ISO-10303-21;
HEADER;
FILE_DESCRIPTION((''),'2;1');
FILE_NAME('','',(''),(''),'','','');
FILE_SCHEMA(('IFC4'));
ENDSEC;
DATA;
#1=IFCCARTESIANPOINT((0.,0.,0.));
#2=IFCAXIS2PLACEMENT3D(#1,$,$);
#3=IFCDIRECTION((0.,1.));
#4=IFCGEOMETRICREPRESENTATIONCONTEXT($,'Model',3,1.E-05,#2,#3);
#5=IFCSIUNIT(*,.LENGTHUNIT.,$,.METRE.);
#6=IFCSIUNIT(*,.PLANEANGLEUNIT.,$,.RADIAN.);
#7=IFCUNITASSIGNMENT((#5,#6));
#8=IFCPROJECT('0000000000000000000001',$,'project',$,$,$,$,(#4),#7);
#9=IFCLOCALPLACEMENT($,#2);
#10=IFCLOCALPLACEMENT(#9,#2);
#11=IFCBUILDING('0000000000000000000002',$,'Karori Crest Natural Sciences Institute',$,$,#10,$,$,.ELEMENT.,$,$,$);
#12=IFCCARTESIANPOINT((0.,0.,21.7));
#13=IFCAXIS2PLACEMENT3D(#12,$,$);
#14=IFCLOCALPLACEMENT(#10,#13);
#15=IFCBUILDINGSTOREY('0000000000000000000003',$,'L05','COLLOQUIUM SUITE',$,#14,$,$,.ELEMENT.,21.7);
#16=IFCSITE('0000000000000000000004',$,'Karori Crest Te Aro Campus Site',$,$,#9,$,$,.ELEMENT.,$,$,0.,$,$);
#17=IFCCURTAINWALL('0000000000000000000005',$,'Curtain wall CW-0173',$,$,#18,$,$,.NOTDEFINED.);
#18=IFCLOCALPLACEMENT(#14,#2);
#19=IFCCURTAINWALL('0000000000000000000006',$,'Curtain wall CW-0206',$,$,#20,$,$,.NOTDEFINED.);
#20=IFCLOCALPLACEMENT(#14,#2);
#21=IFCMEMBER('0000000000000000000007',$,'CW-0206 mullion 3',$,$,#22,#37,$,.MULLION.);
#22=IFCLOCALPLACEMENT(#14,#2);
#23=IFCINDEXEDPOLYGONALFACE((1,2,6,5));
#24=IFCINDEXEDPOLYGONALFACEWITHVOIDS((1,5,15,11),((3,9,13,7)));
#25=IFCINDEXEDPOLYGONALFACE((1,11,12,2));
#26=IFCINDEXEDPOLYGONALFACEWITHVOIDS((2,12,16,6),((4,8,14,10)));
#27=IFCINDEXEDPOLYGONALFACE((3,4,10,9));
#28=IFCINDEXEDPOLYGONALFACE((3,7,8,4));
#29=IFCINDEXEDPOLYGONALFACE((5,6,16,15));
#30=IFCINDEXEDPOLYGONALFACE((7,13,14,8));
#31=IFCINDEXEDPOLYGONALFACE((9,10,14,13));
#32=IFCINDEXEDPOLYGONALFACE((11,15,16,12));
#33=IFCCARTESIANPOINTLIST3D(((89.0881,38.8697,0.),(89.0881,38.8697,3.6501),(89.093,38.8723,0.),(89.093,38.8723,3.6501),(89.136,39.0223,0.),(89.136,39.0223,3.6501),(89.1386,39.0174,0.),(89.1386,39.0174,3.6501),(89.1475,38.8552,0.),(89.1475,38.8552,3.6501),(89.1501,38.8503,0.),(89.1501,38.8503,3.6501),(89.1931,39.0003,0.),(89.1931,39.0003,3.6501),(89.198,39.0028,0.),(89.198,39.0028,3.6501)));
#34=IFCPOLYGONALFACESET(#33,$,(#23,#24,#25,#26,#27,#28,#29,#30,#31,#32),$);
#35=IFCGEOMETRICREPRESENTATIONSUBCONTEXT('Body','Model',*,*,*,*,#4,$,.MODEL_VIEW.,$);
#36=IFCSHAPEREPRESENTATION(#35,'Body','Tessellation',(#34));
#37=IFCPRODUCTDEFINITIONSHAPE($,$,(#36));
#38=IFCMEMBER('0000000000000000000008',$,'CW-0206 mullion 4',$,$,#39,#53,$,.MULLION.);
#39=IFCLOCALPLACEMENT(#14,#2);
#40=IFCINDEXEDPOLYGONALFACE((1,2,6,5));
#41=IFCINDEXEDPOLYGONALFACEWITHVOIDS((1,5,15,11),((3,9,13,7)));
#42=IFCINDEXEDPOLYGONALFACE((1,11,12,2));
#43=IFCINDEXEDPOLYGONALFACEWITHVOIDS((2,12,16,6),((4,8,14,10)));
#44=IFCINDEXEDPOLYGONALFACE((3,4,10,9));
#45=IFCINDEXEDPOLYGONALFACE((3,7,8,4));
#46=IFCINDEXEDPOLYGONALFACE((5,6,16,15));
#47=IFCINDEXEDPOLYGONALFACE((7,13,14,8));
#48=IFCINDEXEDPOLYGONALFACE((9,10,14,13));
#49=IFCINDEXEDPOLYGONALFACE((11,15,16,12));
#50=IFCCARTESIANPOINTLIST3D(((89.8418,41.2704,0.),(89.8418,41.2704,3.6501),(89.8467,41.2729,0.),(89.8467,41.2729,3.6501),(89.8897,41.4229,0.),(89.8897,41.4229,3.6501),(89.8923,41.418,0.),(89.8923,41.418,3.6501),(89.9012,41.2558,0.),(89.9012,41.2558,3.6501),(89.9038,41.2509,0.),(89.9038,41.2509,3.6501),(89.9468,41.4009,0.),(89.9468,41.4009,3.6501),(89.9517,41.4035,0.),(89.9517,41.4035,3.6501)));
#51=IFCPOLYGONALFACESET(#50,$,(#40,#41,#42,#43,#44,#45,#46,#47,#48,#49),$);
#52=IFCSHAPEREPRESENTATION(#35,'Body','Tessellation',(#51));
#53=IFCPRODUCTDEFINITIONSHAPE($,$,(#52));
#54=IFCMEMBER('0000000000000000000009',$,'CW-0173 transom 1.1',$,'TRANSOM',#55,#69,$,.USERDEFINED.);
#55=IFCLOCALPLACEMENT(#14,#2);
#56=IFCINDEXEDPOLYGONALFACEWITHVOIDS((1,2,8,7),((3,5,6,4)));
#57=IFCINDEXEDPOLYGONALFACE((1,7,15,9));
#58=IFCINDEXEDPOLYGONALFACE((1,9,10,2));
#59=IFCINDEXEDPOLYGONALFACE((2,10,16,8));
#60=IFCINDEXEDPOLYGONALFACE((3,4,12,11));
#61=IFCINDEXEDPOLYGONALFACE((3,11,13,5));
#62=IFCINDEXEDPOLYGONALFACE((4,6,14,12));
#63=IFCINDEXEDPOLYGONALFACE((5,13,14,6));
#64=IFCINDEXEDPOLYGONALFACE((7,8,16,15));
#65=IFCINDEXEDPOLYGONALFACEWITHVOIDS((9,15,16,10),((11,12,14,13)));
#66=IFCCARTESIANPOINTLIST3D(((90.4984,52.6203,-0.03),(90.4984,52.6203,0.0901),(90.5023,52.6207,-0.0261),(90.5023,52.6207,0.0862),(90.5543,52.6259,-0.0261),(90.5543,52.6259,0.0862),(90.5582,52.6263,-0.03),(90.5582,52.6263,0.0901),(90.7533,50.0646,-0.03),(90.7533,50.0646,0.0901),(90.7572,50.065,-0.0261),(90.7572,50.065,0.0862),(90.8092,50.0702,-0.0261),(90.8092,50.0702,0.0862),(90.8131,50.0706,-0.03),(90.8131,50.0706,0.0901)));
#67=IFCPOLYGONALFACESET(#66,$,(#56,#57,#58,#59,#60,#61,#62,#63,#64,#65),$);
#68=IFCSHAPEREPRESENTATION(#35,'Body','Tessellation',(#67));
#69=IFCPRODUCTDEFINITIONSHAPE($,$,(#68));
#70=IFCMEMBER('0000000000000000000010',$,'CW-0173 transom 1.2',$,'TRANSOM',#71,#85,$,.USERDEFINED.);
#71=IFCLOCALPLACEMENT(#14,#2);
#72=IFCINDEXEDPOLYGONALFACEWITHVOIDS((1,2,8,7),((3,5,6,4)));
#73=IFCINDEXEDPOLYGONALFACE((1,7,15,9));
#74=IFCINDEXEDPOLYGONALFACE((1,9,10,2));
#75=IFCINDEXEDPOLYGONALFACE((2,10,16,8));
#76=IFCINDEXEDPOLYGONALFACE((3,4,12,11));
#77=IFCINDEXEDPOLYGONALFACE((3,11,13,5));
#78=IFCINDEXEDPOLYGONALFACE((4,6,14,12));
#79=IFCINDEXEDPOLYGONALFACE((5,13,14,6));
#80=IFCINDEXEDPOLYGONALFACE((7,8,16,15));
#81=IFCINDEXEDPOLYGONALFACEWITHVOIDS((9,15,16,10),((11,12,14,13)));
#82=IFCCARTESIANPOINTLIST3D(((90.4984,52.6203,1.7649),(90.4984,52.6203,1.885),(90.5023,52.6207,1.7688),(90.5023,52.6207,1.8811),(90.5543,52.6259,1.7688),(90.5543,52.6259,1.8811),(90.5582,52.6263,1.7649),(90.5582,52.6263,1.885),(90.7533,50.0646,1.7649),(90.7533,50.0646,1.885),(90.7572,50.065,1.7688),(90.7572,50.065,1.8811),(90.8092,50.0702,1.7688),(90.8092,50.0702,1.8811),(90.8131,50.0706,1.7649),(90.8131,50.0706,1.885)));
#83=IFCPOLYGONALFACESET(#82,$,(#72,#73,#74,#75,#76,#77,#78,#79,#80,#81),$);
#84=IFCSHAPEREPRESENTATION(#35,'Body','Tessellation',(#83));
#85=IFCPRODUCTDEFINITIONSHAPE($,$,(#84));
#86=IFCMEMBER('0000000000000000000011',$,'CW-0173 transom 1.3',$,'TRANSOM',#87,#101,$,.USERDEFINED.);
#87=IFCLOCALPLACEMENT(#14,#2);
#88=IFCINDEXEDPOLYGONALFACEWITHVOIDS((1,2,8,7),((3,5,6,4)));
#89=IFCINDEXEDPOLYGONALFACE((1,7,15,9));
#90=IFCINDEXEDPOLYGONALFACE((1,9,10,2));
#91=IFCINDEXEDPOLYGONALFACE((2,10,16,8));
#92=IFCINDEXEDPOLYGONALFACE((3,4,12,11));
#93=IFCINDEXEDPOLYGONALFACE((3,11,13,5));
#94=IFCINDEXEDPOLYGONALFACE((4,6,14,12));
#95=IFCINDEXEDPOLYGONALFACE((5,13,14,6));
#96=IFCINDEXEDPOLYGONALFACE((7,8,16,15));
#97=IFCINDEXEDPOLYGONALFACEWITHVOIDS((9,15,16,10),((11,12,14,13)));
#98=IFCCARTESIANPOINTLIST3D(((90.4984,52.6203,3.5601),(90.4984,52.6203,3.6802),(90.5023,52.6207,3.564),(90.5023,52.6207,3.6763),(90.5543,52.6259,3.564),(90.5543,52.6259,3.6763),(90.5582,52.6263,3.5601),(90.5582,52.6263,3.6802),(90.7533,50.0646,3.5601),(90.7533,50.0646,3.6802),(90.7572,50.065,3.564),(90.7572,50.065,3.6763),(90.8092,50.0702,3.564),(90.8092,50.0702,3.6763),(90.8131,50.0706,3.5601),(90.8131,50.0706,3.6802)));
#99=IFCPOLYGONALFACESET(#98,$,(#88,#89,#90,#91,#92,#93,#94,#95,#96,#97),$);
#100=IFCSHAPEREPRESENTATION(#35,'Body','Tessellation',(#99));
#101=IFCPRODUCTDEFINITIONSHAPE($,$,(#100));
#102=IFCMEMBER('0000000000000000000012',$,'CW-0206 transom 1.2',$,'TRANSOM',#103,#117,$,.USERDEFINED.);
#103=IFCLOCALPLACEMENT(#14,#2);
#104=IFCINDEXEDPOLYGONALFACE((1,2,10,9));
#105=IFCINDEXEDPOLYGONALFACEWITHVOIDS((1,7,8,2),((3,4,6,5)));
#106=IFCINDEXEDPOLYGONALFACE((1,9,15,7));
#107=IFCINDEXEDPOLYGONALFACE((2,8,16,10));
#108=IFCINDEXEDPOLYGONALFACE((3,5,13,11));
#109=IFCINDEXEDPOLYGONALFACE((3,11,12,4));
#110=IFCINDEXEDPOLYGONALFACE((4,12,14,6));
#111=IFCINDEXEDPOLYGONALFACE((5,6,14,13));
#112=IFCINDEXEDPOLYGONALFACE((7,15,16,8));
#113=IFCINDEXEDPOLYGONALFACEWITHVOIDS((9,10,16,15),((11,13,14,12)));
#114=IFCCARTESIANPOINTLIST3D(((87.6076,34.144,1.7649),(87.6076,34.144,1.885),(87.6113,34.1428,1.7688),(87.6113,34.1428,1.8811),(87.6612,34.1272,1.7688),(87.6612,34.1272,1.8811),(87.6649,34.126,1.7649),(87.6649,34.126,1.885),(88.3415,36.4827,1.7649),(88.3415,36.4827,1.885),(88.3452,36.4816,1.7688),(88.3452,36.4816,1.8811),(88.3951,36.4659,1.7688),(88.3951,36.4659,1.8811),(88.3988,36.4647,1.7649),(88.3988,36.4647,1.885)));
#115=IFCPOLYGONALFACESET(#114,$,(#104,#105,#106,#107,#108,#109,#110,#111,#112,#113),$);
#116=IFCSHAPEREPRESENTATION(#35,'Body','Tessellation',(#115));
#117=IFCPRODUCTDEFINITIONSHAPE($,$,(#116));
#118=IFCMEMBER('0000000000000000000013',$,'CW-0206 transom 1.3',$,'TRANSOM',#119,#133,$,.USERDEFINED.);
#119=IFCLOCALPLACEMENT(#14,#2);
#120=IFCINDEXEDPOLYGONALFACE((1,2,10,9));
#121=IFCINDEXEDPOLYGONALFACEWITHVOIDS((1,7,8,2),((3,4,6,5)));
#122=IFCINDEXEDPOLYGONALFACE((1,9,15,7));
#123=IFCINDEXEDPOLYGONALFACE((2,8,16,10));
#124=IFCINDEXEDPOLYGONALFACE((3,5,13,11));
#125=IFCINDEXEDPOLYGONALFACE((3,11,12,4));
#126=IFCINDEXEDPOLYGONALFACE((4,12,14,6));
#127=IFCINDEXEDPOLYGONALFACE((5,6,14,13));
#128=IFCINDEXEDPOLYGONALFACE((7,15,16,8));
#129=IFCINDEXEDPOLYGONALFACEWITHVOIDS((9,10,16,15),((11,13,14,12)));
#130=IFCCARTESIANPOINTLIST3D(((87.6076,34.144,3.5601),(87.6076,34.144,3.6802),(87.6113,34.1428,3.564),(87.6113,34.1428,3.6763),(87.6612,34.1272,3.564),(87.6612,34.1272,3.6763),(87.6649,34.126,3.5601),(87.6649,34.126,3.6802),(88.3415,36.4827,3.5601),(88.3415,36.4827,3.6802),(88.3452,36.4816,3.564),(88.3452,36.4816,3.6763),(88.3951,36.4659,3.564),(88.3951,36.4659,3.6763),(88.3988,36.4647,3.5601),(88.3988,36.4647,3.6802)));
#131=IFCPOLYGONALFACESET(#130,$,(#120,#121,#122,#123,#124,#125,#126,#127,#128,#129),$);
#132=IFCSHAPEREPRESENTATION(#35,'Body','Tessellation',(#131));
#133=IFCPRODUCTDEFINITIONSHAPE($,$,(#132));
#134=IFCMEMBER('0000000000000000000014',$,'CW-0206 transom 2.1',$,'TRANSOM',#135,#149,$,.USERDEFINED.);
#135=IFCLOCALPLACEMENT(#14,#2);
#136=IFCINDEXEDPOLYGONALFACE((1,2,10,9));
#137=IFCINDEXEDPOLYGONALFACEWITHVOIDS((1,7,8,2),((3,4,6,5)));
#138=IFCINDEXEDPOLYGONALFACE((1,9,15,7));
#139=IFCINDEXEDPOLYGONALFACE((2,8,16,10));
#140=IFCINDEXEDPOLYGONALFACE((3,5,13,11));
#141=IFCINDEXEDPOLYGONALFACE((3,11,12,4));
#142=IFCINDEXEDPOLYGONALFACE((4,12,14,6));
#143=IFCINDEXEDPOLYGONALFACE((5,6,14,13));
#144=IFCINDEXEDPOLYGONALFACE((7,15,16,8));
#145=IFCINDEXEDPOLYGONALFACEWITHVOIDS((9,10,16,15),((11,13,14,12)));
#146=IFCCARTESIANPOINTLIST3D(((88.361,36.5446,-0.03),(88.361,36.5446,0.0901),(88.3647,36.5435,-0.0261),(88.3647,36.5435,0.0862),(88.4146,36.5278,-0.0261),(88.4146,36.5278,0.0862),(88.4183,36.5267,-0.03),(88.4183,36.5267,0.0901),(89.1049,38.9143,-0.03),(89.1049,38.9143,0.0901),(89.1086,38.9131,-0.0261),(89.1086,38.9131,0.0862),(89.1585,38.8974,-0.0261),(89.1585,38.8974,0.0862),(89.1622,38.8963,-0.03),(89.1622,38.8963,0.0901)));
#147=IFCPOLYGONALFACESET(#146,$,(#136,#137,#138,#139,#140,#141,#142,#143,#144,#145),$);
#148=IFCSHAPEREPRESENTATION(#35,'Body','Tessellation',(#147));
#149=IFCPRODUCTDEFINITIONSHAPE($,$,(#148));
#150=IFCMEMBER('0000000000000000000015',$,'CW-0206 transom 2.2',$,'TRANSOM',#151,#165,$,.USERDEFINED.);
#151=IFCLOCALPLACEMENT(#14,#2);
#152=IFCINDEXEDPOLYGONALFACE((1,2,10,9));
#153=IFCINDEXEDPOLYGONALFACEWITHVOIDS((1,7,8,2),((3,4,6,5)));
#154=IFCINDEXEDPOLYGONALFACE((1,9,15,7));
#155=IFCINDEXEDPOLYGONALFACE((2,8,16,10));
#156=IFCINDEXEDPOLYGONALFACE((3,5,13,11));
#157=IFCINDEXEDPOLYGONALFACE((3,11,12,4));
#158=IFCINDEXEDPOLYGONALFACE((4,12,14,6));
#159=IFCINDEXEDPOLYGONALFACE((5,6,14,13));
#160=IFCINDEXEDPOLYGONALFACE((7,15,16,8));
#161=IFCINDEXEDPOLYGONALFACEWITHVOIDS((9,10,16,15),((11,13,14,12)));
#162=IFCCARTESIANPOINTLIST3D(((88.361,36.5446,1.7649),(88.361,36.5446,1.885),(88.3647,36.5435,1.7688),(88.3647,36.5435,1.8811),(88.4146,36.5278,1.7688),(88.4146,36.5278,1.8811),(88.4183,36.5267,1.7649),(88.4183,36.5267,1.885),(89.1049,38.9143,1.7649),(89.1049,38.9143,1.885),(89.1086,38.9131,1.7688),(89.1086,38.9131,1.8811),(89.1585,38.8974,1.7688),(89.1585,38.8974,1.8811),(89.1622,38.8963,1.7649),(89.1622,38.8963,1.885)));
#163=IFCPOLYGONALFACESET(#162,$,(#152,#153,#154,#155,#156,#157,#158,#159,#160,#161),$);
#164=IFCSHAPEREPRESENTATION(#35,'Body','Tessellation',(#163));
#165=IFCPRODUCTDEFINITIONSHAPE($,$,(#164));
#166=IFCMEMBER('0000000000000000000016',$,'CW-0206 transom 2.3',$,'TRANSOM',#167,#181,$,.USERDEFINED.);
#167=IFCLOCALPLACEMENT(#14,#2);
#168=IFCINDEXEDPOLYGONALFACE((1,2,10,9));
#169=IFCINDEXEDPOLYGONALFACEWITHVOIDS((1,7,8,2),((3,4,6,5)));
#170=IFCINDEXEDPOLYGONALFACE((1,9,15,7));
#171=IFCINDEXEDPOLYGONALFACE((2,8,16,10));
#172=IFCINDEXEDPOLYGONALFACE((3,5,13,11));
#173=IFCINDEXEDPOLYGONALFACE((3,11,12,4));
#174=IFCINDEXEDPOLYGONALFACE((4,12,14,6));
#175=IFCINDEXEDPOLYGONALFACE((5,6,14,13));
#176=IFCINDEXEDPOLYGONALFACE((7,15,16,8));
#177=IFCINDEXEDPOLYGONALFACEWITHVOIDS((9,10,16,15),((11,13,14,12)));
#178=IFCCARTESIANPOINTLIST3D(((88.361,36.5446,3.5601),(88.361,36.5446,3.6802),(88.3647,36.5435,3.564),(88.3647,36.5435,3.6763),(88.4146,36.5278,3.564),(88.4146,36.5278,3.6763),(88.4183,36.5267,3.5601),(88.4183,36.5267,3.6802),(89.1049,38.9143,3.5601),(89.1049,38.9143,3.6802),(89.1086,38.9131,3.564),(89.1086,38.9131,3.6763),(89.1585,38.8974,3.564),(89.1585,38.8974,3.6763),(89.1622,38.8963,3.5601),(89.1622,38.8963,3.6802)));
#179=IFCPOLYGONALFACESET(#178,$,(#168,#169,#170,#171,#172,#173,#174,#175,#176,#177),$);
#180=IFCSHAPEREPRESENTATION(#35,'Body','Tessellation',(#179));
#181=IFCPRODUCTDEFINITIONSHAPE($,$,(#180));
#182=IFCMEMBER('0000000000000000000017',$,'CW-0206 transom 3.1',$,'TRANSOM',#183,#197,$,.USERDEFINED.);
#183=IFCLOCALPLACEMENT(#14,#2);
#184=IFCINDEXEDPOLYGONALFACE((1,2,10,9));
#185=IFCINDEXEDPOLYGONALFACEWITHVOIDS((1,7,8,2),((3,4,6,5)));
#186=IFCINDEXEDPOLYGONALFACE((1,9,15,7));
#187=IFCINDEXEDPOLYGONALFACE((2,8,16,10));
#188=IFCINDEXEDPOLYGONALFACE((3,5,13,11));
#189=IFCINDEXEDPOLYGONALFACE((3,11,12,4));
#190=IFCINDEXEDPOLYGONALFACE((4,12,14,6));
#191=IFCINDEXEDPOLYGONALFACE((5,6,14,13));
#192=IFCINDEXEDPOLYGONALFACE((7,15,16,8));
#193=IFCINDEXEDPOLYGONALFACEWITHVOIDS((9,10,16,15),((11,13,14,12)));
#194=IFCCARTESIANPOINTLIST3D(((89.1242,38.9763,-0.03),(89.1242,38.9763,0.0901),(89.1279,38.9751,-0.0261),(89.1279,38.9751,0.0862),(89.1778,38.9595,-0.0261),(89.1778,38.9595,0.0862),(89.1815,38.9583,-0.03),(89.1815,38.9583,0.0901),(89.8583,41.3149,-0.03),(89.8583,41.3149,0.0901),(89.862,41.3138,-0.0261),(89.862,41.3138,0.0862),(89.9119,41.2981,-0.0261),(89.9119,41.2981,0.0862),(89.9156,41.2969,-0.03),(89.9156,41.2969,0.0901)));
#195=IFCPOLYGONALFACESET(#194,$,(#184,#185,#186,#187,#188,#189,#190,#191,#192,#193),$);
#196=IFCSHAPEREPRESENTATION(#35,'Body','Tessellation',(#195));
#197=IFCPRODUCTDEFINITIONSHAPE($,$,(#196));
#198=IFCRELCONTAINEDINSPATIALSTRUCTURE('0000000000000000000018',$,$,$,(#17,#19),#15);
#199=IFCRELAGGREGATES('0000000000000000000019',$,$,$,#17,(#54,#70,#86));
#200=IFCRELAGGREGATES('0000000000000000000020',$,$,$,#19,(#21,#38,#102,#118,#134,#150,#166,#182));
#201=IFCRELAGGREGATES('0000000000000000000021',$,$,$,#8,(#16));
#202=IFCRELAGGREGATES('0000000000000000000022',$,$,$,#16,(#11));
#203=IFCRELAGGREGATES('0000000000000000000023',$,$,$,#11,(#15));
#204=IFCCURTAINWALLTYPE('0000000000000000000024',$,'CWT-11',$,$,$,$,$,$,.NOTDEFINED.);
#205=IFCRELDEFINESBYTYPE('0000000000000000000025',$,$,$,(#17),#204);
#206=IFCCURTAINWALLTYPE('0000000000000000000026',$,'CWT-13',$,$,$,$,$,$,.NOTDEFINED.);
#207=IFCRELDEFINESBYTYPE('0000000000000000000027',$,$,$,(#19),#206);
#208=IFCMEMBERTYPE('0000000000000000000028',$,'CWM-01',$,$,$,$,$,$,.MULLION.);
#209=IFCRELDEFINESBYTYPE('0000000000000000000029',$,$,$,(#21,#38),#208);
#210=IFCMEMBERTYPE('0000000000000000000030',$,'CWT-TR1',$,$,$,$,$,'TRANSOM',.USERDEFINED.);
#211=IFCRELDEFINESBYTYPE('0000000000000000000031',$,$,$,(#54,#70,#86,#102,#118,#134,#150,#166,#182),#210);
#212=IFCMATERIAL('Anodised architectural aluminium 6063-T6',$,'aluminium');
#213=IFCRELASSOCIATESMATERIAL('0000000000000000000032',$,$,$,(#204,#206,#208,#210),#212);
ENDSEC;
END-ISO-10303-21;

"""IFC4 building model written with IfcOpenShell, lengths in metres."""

from ifc_helpers import new_model, si_unit, direction, frame, origin, origin_2d, place, context, subcontext, project, spatial, hollow_rectangle, extrude, material, material_profile, profile_set, type_object, element, aggregate, save


model = new_model("IFC4")

# Units and contexts
model_context = context("Model", 3, precision=1e-05, world=origin(), true_north=direction((0.0, 1.0)))
body_context = subcontext(model_context, "Body", "Model", "MODEL_VIEW")
ifc_project = project(units=[si_unit("LENGTHUNIT", "METRE"), si_unit("PLANEANGLEUNIT", "RADIAN")], contexts=[model_context])

# Site, building, storey
site_placement = place(None, origin())
site = spatial("IfcSite", under=ifc_project, at=site_placement, Name="Karori Crest Te Aro Campus Site", CompositionType="ELEMENT", RefElevation=0.0)
building_placement = place(site_placement, origin())
building = spatial("IfcBuilding", under=site, at=building_placement, Name="Karori Crest Natural Sciences Institute", CompositionType="ELEMENT")
storey_placement = place(building_placement, frame((0.0, 0.0, 21.7)))
storey = spatial("IfcBuildingStorey", under=building, at=storey_placement, Name="L05", Description="COLLOQUIUM SUITE", CompositionType="ELEMENT", Elevation=21.7)

# Curtain wall
ifc_material_1 = material(Name="Anodised architectural aluminium 6063-T6", Category="aluminium")
curtain_wall_type_1 = type_object("IfcCurtainWallType", Name="CWT-11", PredefinedType="NOTDEFINED", material=ifc_material_1)
curtain_wall_1_placement = place(storey_placement, origin())
curtain_wall_1 = element("IfcCurtainWall", 1, at=curtain_wall_1_placement, inside=storey, type_object=curtain_wall_type_1, Name="Curtain wall CW-0173", PredefinedType="NOTDEFINED")
ifc_material_profile_1 = material_profile(ifc_material_1, hollow_rectangle(XDim=0.0649, YDim=0.1599, WallThickness=0.0039, at=origin_2d()), Name="CWM160x65x4")
ifc_profile_set_1 = profile_set([ifc_material_profile_1], Name="Anodised architectural aluminium 6063-T6")
member_type_1 = type_object("IfcMemberType", Name="CWM-01", PredefinedType="MULLION", material=ifc_profile_set_1)

# Curtain wall, members
curtain_wall_type_2 = type_object("IfcCurtainWallType", Name="CWT-13", PredefinedType="NOTDEFINED", material=ifc_material_1)
curtain_wall_2_placement = place(storey_placement, origin())
curtain_wall_2 = element("IfcCurtainWall", 2, at=curtain_wall_2_placement, inside=storey, type_object=curtain_wall_type_2, Name="Curtain wall CW-0206", PredefinedType="NOTDEFINED")
member_1_placement = place(storey_placement, frame((89.1431, 38.9363, 0.0), z_axis=(0.0, 0.0, 1.0), x_axis=(-0.954104, 0.299475, 0.0)))
member_1 = element("IfcMember", 3, at=member_1_placement, type_object=member_type_1, Name="CW-0206 mullion 3", PredefinedType="MULLION", context=body_context, shape_type="SweptSolid", body=[
    extrude(hollow_rectangle(XDim=0.0649, YDim=0.1599, WallThickness=0.0039, at=origin_2d()), origin(), (0.0, 0.0, 1.0), 3.6501),
])
member_2_placement = place(storey_placement, frame((89.8967, 41.3369, 0.0), z_axis=(0.0, 0.0, 1.0), x_axis=(-0.954104, 0.299475, 0.0)))
member_2 = element("IfcMember", 4, at=member_2_placement, type_object=member_type_1, Name="CW-0206 mullion 4", PredefinedType="MULLION", context=body_context, shape_type="SweptSolid", body=[
    extrude(hollow_rectangle(XDim=0.0649, YDim=0.1599, WallThickness=0.0039, at=origin_2d()), origin(), (0.0, 0.0, 1.0), 3.6501),
])

# Members
ifc_material_profile_2 = material_profile(ifc_material_1, hollow_rectangle(XDim=0.0601, YDim=0.1201, WallThickness=0.0039, at=origin_2d()), Name="CWT120x60x4")
ifc_profile_set_2 = profile_set([ifc_material_profile_2], Name="Anodised architectural aluminium 6063-T6")
member_type_2 = type_object("IfcMemberType", Name="CWT-TR1", ElementType="TRANSOM", PredefinedType="USERDEFINED", material=ifc_profile_set_2)
member_3_placement = place(storey_placement, frame((90.7832, 50.0676, 0.03), z_axis=(-0.09924, 0.995064, 0.0), x_axis=(-0.995064, -0.09924, 0.0)))
member_3 = element("IfcMember", 5, at=member_3_placement, type_object=member_type_2, Name="CW-0173 transom 1.1", ObjectType="TRANSOM", PredefinedType="USERDEFINED", context=body_context, shape_type="SweptSolid", body=[
    extrude(hollow_rectangle(XDim=0.0601, YDim=0.1201, WallThickness=0.0039, at=origin_2d()), origin(), (0.0, 0.0, 1.0), 2.5684),
])
member_4_placement = place(storey_placement, frame((90.7832, 50.0676, 1.825), z_axis=(-0.09924, 0.995064, 0.0), x_axis=(-0.995064, -0.09924, 0.0)))
member_4 = element("IfcMember", 6, at=member_4_placement, type_object=member_type_2, Name="CW-0173 transom 1.2", ObjectType="TRANSOM", PredefinedType="USERDEFINED", context=body_context, shape_type="SweptSolid", body=[
    extrude(hollow_rectangle(XDim=0.0601, YDim=0.1201, WallThickness=0.0039, at=origin_2d()), origin(), (0.0, 0.0, 1.0), 2.5684),
])
member_5_placement = place(storey_placement, frame((90.7832, 50.0676, 3.6201), z_axis=(-0.09924, 0.995064, 0.0), x_axis=(-0.995064, -0.09924, 0.0)))
member_5 = element("IfcMember", 7, at=member_5_placement, type_object=member_type_2, Name="CW-0173 transom 1.3", ObjectType="TRANSOM", PredefinedType="USERDEFINED", context=body_context, shape_type="SweptSolid", body=[
    extrude(hollow_rectangle(XDim=0.0601, YDim=0.1201, WallThickness=0.0039, at=origin_2d()), origin(), (0.0, 0.0, 1.0), 2.5684),
])
aggregate(curtain_wall_1, [member_3, member_4, member_5])
member_6_placement = place(storey_placement, frame((87.6362, 34.135, 1.825), z_axis=(0.299415, 0.954123, 0.0), x_axis=(-0.954123, 0.299415, 0.0)))
member_6 = element("IfcMember", 8, at=member_6_placement, type_object=member_type_2, Name="CW-0206 transom 1.2", ObjectType="TRANSOM", PredefinedType="USERDEFINED", context=body_context, shape_type="SweptSolid", body=[
    extrude(hollow_rectangle(XDim=0.0601, YDim=0.1201, WallThickness=0.0039, at=origin_2d()), origin(), (0.0, 0.0, 1.0), 2.4512),
])
member_7_placement = place(storey_placement, frame((87.6362, 34.135, 3.6201), z_axis=(0.299415, 0.954123, 0.0), x_axis=(-0.954123, 0.299415, 0.0)))
member_7 = element("IfcMember", 9, at=member_7_placement, type_object=member_type_2, Name="CW-0206 transom 1.3", ObjectType="TRANSOM", PredefinedType="USERDEFINED", context=body_context, shape_type="SweptSolid", body=[
    extrude(hollow_rectangle(XDim=0.0601, YDim=0.1201, WallThickness=0.0039, at=origin_2d()), origin(), (0.0, 0.0, 1.0), 2.4512),
])
member_8_placement = place(storey_placement, frame((88.3896, 36.5356, 0.03), z_axis=(0.299517, 0.954091, 0.0), x_axis=(-0.954091, 0.299517, 0.0)))
member_8 = element("IfcMember", 10, at=member_8_placement, type_object=member_type_2, Name="CW-0206 transom 2.1", ObjectType="TRANSOM", PredefinedType="USERDEFINED", context=body_context, shape_type="SweptSolid", body=[
    extrude(hollow_rectangle(XDim=0.0601, YDim=0.1201, WallThickness=0.0039, at=origin_2d()), origin(), (0.0, 0.0, 1.0), 2.4836),
])
member_9_placement = place(storey_placement, frame((88.3896, 36.5356, 1.825), z_axis=(0.299517, 0.954091, 0.0), x_axis=(-0.954091, 0.299517, 0.0)))
member_9 = element("IfcMember", 11, at=member_9_placement, type_object=member_type_2, Name="CW-0206 transom 2.2", ObjectType="TRANSOM", PredefinedType="USERDEFINED", context=body_context, shape_type="SweptSolid", body=[
    extrude(hollow_rectangle(XDim=0.0601, YDim=0.1201, WallThickness=0.0039, at=origin_2d()), origin(), (0.0, 0.0, 1.0), 2.4836),
])
member_10_placement = place(storey_placement, frame((88.3896, 36.5356, 3.6201), z_axis=(0.299517, 0.954091, 0.0), x_axis=(-0.954091, 0.299517, 0.0)))
member_10 = element("IfcMember", 12, at=member_10_placement, type_object=member_type_2, Name="CW-0206 transom 2.3", ObjectType="TRANSOM", PredefinedType="USERDEFINED", context=body_context, shape_type="SweptSolid", body=[
    extrude(hollow_rectangle(XDim=0.0601, YDim=0.1201, WallThickness=0.0039, at=origin_2d()), origin(), (0.0, 0.0, 1.0), 2.4836),
])
member_11_placement = place(storey_placement, frame((89.1528, 38.9673, 0.03), z_axis=(0.299505, 0.954095, 0.0), x_axis=(-0.954095, 0.299505, 0.0)))
member_11 = element("IfcMember", 13, at=member_11_placement, type_object=member_type_2, Name="CW-0206 transom 3.1", ObjectType="TRANSOM", PredefinedType="USERDEFINED", context=body_context, shape_type="SweptSolid", body=[
    extrude(hollow_rectangle(XDim=0.0601, YDim=0.1201, WallThickness=0.0039, at=origin_2d()), origin(), (0.0, 0.0, 1.0), 2.4512),
])

aggregate(curtain_wall_2, [member_1, member_2, member_6, member_7, member_8, member_9, member_10, member_11])

save(model, "model.ifc")
